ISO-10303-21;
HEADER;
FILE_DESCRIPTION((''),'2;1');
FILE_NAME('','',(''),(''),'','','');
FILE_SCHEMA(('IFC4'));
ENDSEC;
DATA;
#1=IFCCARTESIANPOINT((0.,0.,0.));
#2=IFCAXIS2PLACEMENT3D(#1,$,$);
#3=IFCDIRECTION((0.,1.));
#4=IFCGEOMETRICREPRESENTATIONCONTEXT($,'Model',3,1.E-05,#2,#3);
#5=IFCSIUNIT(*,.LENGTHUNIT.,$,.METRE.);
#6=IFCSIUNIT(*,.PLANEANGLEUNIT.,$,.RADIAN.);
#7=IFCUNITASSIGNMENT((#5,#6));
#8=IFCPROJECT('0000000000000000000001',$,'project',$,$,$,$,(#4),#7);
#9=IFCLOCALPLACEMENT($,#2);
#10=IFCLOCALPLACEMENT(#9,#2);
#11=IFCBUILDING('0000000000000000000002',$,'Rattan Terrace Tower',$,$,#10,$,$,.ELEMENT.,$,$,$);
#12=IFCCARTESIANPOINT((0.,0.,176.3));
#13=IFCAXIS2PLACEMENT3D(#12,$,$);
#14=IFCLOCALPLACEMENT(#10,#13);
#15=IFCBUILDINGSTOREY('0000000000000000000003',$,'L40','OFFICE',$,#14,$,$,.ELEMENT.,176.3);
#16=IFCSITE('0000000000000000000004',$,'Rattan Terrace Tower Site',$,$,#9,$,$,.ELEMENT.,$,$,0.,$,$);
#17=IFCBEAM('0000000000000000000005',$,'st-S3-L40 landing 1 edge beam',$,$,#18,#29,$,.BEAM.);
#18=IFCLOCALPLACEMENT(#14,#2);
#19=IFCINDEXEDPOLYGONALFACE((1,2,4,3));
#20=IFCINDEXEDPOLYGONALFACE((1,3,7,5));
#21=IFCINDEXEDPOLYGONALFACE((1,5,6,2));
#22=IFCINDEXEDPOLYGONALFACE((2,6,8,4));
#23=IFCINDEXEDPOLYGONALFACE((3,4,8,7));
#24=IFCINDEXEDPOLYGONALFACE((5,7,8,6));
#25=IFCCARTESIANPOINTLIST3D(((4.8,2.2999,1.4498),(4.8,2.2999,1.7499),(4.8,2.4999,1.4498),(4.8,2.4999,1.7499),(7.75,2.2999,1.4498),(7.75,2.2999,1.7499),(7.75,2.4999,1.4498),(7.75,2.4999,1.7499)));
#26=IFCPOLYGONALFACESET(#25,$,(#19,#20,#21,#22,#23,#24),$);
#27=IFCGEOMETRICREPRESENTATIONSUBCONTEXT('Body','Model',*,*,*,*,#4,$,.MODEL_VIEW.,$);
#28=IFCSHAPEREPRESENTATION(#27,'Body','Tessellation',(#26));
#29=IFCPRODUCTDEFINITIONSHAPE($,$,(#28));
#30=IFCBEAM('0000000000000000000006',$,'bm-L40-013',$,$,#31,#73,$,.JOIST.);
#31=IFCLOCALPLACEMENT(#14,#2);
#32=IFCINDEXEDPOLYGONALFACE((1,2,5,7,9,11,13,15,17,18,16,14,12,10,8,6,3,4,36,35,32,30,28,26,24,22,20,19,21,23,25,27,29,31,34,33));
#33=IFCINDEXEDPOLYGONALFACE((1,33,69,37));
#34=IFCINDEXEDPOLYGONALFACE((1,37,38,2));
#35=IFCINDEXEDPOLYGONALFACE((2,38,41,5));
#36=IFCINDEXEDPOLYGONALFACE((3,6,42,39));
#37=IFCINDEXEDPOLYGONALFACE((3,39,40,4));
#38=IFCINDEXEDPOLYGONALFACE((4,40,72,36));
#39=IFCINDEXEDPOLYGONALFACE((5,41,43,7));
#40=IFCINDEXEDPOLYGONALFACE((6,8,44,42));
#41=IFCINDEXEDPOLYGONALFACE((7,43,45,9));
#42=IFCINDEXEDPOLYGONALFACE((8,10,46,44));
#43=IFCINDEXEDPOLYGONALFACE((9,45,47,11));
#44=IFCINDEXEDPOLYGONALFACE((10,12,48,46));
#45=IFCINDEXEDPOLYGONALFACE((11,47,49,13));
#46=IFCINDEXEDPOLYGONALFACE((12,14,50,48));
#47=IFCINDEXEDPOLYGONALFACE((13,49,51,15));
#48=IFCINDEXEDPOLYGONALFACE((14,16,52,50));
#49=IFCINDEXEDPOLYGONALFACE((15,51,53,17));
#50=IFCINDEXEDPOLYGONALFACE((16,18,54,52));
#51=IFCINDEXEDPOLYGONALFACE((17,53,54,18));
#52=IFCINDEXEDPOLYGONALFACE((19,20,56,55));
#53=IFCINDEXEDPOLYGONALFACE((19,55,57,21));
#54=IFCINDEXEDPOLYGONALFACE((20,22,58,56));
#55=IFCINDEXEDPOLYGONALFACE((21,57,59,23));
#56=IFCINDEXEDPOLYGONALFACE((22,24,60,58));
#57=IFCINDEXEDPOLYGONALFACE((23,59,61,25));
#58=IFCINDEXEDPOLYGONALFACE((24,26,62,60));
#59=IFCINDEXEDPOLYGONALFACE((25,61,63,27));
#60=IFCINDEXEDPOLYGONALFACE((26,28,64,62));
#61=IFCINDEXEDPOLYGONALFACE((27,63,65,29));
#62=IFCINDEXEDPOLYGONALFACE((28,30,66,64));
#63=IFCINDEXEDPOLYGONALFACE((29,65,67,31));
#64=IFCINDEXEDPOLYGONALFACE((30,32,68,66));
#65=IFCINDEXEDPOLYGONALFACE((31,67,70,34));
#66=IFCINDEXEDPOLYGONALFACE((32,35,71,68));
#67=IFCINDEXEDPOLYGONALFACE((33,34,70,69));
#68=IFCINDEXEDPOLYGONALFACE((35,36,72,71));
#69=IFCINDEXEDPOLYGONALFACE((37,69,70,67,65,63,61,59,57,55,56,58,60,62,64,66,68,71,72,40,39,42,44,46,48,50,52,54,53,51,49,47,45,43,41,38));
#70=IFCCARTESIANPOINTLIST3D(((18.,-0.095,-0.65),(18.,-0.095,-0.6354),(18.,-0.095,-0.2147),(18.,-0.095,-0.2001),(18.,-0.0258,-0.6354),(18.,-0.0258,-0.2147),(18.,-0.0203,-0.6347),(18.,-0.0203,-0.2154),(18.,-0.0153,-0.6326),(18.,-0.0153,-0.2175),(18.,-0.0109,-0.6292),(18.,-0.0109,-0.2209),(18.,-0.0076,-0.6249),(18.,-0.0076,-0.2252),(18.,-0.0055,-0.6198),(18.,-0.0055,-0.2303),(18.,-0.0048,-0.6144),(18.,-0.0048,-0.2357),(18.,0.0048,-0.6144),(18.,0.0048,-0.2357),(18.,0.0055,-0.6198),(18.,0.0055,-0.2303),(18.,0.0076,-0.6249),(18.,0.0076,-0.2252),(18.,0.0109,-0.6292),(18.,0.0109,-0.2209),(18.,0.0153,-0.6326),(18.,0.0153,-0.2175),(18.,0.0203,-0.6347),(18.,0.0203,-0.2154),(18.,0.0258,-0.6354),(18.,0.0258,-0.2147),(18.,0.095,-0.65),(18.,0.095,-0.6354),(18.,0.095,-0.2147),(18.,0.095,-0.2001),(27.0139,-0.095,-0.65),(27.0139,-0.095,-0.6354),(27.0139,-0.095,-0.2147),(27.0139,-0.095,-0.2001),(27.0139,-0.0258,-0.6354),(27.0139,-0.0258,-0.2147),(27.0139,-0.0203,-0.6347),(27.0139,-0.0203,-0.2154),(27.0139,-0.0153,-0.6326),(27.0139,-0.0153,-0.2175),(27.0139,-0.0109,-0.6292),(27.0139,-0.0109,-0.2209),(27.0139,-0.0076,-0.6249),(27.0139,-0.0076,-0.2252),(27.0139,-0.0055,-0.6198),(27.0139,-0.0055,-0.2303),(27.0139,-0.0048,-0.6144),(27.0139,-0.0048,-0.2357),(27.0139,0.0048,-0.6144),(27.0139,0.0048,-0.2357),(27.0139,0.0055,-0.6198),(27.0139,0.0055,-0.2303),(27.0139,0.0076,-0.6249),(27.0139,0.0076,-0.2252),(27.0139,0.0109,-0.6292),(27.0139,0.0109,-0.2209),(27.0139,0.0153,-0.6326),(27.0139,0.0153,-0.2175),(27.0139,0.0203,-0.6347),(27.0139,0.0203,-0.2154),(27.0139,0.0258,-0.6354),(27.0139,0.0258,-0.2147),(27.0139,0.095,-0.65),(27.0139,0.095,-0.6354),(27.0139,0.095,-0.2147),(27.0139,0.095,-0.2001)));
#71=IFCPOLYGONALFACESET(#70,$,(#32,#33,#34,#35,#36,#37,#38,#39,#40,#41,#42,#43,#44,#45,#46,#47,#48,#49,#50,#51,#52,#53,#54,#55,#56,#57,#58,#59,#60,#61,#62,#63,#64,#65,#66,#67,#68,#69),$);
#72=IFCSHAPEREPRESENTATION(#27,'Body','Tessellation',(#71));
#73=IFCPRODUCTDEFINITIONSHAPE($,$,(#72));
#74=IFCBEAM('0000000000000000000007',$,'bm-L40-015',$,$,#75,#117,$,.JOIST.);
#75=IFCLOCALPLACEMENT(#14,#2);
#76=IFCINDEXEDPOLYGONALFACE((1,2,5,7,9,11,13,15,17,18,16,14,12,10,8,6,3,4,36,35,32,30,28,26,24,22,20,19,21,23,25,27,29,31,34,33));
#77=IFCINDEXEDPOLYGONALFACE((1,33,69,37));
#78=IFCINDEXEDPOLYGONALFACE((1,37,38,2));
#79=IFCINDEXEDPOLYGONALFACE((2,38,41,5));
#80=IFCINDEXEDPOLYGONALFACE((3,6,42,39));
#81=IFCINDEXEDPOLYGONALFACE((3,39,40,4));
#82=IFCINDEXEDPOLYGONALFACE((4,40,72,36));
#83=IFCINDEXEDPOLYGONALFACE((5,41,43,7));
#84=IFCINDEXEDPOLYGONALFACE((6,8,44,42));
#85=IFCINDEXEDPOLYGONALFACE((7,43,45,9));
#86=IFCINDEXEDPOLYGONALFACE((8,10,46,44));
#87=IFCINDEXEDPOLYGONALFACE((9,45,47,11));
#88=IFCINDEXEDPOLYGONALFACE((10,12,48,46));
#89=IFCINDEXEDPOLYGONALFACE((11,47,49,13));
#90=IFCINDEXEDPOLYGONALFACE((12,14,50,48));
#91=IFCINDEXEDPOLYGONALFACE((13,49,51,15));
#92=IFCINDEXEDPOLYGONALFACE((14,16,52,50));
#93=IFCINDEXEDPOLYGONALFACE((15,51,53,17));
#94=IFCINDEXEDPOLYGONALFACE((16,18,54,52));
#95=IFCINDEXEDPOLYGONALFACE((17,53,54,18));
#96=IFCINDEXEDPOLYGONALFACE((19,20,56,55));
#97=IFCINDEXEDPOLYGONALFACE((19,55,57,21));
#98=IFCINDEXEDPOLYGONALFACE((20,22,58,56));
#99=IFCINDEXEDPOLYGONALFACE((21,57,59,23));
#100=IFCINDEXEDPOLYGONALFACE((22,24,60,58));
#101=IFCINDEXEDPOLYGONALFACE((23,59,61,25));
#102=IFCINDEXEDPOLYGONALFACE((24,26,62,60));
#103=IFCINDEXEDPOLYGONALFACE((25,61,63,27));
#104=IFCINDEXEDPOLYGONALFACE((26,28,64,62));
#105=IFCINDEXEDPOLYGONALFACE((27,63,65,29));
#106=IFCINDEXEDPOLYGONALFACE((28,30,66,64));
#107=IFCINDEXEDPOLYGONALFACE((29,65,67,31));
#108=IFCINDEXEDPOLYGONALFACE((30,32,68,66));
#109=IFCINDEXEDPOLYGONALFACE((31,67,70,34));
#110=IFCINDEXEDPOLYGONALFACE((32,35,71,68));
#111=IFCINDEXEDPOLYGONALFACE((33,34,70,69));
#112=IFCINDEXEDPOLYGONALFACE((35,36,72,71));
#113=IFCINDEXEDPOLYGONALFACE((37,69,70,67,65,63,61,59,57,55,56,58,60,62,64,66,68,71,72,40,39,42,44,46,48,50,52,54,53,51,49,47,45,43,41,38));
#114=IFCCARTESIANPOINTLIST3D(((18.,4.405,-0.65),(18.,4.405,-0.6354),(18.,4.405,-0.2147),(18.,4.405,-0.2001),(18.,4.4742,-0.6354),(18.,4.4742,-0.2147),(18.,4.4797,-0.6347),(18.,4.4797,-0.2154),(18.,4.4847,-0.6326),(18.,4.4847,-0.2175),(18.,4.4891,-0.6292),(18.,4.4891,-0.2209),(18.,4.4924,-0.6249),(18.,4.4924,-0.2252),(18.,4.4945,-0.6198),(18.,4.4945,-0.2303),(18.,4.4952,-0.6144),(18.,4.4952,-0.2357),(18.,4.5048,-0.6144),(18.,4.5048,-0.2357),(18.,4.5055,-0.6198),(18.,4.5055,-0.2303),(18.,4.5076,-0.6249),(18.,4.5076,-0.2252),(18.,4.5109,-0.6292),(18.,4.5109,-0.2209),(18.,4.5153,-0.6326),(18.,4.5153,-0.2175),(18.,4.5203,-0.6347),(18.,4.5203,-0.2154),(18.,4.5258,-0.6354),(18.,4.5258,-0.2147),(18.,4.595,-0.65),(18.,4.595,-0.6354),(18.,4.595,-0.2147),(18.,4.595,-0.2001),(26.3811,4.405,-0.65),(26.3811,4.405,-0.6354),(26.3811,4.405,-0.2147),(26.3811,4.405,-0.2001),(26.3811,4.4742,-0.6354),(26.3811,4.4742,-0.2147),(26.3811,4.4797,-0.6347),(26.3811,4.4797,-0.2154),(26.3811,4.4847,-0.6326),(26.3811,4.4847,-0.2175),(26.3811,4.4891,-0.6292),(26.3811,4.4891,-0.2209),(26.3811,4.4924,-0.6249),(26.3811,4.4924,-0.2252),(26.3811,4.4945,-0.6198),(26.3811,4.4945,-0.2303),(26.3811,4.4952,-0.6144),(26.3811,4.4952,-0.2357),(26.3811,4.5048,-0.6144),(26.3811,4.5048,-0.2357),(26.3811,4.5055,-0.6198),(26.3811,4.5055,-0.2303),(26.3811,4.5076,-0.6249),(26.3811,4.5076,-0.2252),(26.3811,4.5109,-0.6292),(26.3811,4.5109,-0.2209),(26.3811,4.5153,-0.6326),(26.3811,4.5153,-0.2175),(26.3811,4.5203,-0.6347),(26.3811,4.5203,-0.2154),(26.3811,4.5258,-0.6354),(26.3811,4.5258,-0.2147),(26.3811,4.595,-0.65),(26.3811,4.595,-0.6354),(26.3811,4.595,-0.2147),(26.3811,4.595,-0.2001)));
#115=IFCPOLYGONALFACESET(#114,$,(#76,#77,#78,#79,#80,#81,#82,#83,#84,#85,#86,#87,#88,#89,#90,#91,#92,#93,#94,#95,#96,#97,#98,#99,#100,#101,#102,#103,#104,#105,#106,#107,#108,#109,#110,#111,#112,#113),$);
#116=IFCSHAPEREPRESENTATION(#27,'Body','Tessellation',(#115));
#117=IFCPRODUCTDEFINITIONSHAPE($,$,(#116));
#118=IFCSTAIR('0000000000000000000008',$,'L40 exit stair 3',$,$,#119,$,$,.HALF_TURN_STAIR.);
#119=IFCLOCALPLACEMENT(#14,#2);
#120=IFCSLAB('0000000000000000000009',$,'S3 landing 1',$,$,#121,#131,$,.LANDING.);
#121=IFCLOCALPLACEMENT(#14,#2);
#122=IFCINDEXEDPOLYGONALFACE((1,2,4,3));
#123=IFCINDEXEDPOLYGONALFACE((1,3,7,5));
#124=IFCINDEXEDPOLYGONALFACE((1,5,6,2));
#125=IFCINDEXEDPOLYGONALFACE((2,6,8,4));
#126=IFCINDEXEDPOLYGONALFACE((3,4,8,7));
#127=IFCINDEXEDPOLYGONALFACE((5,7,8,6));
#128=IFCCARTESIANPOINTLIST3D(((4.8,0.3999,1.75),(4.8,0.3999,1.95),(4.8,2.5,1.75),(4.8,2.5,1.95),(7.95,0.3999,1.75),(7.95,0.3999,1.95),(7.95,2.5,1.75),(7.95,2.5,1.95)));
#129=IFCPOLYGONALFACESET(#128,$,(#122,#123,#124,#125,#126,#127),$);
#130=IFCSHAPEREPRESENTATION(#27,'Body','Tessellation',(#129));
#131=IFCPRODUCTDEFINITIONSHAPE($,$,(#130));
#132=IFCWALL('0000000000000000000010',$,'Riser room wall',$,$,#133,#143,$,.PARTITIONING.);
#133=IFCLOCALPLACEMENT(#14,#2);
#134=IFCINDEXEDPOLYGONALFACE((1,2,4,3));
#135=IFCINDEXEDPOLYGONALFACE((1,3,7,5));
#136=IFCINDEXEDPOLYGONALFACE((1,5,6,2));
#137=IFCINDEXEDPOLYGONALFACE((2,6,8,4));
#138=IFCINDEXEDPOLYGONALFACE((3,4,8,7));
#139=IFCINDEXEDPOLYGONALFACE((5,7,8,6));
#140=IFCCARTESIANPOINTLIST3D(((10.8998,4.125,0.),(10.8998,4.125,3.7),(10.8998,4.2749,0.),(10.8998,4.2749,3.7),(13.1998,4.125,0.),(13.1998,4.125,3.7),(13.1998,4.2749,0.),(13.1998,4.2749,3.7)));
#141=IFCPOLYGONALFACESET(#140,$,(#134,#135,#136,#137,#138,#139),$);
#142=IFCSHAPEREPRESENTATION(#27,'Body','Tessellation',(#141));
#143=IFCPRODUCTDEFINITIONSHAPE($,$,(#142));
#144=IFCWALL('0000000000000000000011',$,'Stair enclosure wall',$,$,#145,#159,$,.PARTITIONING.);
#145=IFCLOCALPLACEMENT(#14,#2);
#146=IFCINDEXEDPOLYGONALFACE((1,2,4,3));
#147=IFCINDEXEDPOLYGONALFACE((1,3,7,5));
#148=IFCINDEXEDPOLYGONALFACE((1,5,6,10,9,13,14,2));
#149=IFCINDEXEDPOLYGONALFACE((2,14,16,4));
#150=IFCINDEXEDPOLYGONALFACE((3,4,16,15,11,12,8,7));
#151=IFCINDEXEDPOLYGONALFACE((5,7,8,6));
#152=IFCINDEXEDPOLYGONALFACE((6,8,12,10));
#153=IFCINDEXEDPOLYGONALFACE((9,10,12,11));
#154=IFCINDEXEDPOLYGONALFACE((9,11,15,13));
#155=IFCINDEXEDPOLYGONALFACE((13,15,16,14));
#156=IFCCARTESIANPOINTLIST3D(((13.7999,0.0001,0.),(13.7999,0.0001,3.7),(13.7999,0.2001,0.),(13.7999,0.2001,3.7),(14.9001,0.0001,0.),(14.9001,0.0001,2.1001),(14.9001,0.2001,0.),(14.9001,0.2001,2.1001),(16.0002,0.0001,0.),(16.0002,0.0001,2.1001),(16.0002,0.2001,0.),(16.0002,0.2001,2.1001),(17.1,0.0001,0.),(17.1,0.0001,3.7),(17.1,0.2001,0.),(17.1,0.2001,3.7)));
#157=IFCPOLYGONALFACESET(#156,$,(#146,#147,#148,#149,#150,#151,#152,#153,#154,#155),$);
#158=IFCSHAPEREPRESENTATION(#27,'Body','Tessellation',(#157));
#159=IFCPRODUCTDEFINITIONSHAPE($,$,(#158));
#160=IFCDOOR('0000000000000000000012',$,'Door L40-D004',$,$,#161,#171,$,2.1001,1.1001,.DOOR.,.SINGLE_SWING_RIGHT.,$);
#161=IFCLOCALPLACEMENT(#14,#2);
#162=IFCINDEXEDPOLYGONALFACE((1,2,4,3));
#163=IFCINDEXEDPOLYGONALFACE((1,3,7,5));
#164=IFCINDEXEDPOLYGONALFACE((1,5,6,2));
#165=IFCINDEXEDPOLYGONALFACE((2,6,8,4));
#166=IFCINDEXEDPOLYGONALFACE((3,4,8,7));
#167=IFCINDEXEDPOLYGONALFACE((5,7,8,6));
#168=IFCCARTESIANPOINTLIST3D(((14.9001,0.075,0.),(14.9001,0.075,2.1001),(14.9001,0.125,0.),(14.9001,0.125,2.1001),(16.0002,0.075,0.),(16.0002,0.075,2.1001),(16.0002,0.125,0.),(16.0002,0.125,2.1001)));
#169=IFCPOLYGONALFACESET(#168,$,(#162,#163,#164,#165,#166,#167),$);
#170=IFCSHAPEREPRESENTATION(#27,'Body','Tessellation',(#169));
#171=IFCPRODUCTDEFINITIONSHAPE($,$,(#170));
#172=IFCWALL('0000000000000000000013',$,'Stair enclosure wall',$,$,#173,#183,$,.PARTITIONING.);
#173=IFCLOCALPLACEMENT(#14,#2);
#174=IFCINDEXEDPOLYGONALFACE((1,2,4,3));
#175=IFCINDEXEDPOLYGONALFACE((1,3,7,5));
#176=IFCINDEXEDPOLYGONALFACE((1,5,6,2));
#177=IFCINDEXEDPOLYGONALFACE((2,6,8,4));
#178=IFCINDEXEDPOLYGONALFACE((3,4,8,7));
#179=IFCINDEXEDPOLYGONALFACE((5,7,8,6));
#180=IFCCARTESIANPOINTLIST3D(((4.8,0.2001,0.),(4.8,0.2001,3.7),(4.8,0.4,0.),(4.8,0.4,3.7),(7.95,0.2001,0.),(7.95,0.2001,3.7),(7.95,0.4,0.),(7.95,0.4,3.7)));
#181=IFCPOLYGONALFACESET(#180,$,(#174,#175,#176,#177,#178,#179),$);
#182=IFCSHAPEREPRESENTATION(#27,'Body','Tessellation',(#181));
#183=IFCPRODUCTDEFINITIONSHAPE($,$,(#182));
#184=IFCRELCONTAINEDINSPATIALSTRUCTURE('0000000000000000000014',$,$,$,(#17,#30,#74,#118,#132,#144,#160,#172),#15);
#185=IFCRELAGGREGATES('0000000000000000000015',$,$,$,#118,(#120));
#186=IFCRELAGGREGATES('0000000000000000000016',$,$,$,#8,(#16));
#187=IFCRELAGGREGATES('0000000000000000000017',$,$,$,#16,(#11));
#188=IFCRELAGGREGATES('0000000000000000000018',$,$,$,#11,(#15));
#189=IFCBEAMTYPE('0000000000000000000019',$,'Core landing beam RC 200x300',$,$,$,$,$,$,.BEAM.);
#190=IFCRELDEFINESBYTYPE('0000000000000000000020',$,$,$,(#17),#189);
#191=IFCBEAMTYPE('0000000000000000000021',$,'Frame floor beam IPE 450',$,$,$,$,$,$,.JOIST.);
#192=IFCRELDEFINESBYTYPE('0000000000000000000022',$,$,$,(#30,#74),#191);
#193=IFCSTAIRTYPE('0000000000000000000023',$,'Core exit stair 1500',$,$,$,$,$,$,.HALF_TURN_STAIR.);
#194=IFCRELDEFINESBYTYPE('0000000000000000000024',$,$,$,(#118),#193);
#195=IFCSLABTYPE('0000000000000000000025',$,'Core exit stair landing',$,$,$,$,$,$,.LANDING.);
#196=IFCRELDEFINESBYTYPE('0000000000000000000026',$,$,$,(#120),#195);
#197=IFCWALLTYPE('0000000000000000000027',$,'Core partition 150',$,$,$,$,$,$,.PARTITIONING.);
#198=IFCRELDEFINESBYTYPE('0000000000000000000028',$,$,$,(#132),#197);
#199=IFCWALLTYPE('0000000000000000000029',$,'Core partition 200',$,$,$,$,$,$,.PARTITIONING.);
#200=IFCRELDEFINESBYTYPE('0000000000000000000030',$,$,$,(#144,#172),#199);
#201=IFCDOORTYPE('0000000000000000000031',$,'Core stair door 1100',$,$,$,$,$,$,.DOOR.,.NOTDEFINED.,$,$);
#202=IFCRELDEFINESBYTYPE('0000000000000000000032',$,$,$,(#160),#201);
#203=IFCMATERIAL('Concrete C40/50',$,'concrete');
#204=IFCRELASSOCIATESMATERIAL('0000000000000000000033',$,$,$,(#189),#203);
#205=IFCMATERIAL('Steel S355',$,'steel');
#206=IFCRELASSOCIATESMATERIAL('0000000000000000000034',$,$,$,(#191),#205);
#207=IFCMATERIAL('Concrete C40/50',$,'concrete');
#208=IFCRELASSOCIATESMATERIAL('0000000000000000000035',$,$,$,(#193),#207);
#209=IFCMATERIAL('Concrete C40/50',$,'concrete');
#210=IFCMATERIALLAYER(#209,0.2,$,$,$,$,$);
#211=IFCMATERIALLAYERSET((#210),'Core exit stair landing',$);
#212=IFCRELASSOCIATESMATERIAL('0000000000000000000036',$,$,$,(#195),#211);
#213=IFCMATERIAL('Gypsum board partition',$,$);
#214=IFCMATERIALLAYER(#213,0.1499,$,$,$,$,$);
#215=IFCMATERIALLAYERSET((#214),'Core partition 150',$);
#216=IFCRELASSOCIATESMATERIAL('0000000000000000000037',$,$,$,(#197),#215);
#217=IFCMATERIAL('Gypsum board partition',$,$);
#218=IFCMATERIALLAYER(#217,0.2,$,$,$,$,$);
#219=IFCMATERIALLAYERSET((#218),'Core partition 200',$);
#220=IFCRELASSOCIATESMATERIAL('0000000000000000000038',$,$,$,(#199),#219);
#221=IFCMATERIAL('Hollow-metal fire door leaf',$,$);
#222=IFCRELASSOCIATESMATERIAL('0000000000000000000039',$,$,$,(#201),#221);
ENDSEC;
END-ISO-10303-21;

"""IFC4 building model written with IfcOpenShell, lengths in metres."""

from ifc_helpers import new_model, si_unit, direction, frame, frame_2d, origin, origin_2d, place, context, subcontext, project, spatial, polyline, rectangle, i_section, outline, extrude, material, layer, layer_set, material_profile, profile_set, type_object, element, fill, aggregate, save


model = new_model("IFC4")

# Units and contexts
model_context = context("Model", 3, precision=1e-05, world=origin(), true_north=direction((0.0, 1.0)))
body_context = subcontext(model_context, "Body", "Model", "MODEL_VIEW")
ifc_project = project(units=[si_unit("LENGTHUNIT", "METRE"), si_unit("PLANEANGLEUNIT", "RADIAN")], contexts=[model_context])

# Site, building, storey
site_placement = place(None, origin())
site = spatial("IfcSite", under=ifc_project, at=site_placement, Name="Rattan Terrace Tower Site", CompositionType="ELEMENT", RefElevation=0.0)
building_placement = place(site_placement, origin())
building = spatial("IfcBuilding", under=site, at=building_placement, Name="Rattan Terrace Tower", CompositionType="ELEMENT")
storey_placement = place(building_placement, frame((0.0, 0.0, 176.3)))
storey = spatial("IfcBuildingStorey", under=building, at=storey_placement, Name="L40", Description="OFFICE", CompositionType="ELEMENT", Elevation=176.3)

# Beams
ifc_material_1 = material(Name="Concrete C40/50", Category="concrete")
ifc_material_profile_1 = material_profile(ifc_material_1, rectangle(XDim=0.2, YDim=0.3, at=origin_2d()), Name="RC 200x300")
ifc_profile_set_1 = profile_set([ifc_material_profile_1], Name="Concrete C40/50")
beam_type_1 = type_object("IfcBeamType", Name="Core landing beam RC 200x300", PredefinedType="BEAM", material=ifc_profile_set_1)
beam_1_placement = place(storey_placement, frame((4.8, 2.3999, 1.5999), z_axis=(1.0, 0.0, 0.0), x_axis=(0.0, 1.0, 0.0)))
element("IfcBeam", 1, at=beam_1_placement, inside=storey, type_object=beam_type_1, Name="st-S3-L40 landing 1 edge beam", PredefinedType="BEAM", context=body_context, shape_type="SweptSolid", body=[
    extrude(rectangle(XDim=0.2, YDim=0.3, at=origin_2d()), origin(), (0.0, 0.0, 1.0), 2.95),
])
ifc_material_2 = material(Name="Steel S355", Category="steel")
ifc_material_profile_2 = material_profile(ifc_material_2, i_section(OverallWidth=0.1899, OverallDepth=0.45, WebThickness=0.0095, FlangeThickness=0.0146, FilletRadius=0.021, at=origin_2d()), Name="IPE 450")
ifc_profile_set_2 = profile_set([ifc_material_profile_2], Name="Steel S355")
beam_type_2 = type_object("IfcBeamType", Name="Frame floor beam IPE 450", PredefinedType="JOIST", material=ifc_profile_set_2)
beam_2_placement = place(storey_placement, frame((18.0, 0.0, -0.425), z_axis=(1.0, 0.0, 0.0), x_axis=(0.0, 1.0, 0.0)))
element("IfcBeam", 2, at=beam_2_placement, inside=storey, type_object=beam_type_2, Name="bm-L40-013", PredefinedType="JOIST", context=body_context, shape_type="SweptSolid", body=[
    extrude(i_section(OverallWidth=0.1899, OverallDepth=0.45, WebThickness=0.0095, FlangeThickness=0.0146, FilletRadius=0.021, at=origin_2d()), origin(), (0.0, 0.0, 1.0), 9.0139),
])
beam_3_placement = place(storey_placement, frame((18.0, 4.5, -0.425), z_axis=(1.0, 0.0, 0.0), x_axis=(0.0, 1.0, 0.0)))
element("IfcBeam", 3, at=beam_3_placement, inside=storey, type_object=beam_type_2, Name="bm-L40-015", PredefinedType="JOIST", context=body_context, shape_type="SweptSolid", body=[
    extrude(i_section(OverallWidth=0.1899, OverallDepth=0.45, WebThickness=0.0095, FlangeThickness=0.0146, FilletRadius=0.021, at=origin_2d()), origin(), (0.0, 0.0, 1.0), 8.3811),
])

# Stair, slab
ifc_material_3 = material(Name="Concrete C40/50", Category="concrete")
stair_type = type_object("IfcStairType", Name="Core exit stair 1500", PredefinedType="HALF_TURN_STAIR", material=ifc_material_3)
stair_1_placement = place(storey_placement, origin())
stair_1 = element("IfcStair", 4, at=stair_1_placement, inside=storey, type_object=stair_type, Name="L40 exit stair 3", PredefinedType="HALF_TURN_STAIR")
ifc_material_4 = material(Name="Concrete C40/50", Category="concrete")
ifc_layer_1 = layer(ifc_material_4, 0.2)
ifc_layer_set_1 = layer_set([ifc_layer_1], Name="Core exit stair landing")
slab_type = type_object("IfcSlabType", Name="Core exit stair landing", PredefinedType="LANDING", material=ifc_layer_set_1)
slab_placement = place(storey_placement, frame((0.0, 0.0, 1.75)))
slab = element("IfcSlab", 5, at=slab_placement, type_object=slab_type, Name="S3 landing 1", PredefinedType="LANDING", context=body_context, shape_type="SweptSolid", body=[
    extrude(outline(polyline([(4.8, 2.5), (4.8, 0.3999), (7.95, 0.3999), (7.95, 2.5), (4.8, 2.5)])), origin(), (0.0, 0.0, 1.0), 0.2),
])

# Wall
ifc_material_5 = material(Name="Gypsum board partition")
ifc_layer_2 = layer(ifc_material_5, 0.1499)
ifc_layer_set_2 = layer_set([ifc_layer_2], Name="Core partition 150")
wall_type_1 = type_object("IfcWallType", Name="Core partition 150", PredefinedType="PARTITIONING", material=ifc_layer_set_2)
wall_1_placement = place(storey_placement, frame((10.8999, 4.2, 0.0), z_axis=(0.0, 0.0, 1.0), x_axis=(1.0, 0.0, 0.0)))
element("IfcWall", 6, at=wall_1_placement, inside=storey, type_object=wall_type_1, Name="Riser room wall", PredefinedType="PARTITIONING", context=body_context, shape_type="SweptSolid", body=[
    extrude(rectangle(XDim=2.3, YDim=0.1499, at=frame_2d((1.1499, 0.0))), origin(), (0.0, 0.0, 1.0), 3.7),
])

# Wall, opening, door
ifc_material_6 = material(Name="Gypsum board partition")
ifc_layer_3 = layer(ifc_material_6, 0.2)
ifc_layer_set_3 = layer_set([ifc_layer_3], Name="Core partition 200")
wall_type_2 = type_object("IfcWallType", Name="Core partition 200", PredefinedType="PARTITIONING", material=ifc_layer_set_3)
wall_2_placement = place(storey_placement, frame((13.8, 0.1001, 0.0), z_axis=(0.0, 0.0, 1.0), x_axis=(1.0, 0.0, 0.0)))
wall_2 = element("IfcWall", 7, at=wall_2_placement, inside=storey, type_object=wall_type_2, Name="Stair enclosure wall", PredefinedType="PARTITIONING", context=body_context, shape_type="SweptSolid", body=[
    extrude(rectangle(XDim=3.3, YDim=0.2, at=frame_2d((1.6499, 0.0))), origin(), (0.0, 0.0, 1.0), 3.7),
])
opening_placement = place(wall_2_placement, frame((1.1001, 0.0, 0.0)))
opening = element("IfcOpeningElement", 8, at=opening_placement, cuts=wall_2, PredefinedType="OPENING", context=body_context, shape_type="SweptSolid", body=[
    extrude(rectangle(XDim=1.1001, YDim=2.1001, at=frame_2d((0.55, 1.05))), frame((0.0, 0.1106, 0.0), z_axis=(0.0, -1.0, 0.0), x_axis=(1.0, 0.0, 0.0)), (0.0, 0.0, 1.0), 0.2209),
])
ifc_material_7 = material(Name="Hollow-metal fire door leaf")
door_type = type_object("IfcDoorType", Name="Core stair door 1100", OperationType="NOTDEFINED", PredefinedType="DOOR", material=ifc_material_7)
door_placement = place(opening_placement, origin())
door = element("IfcDoor", 9, at=door_placement, inside=storey, type_object=door_type, Name="Door L40-D004", OperationType="SINGLE_SWING_RIGHT", OverallHeight=2.1001, OverallWidth=1.1001, PredefinedType="DOOR", context=body_context, shape_type="SweptSolid", body=[
    extrude(rectangle(XDim=1.1001, YDim=2.1001, at=frame_2d((0.55, 1.05))), frame((0.0, 0.0249, 0.0), z_axis=(0.0, -1.0, 0.0), x_axis=(1.0, 0.0, 0.0)), (0.0, 0.0, 1.0), 0.05),
])
fill(opening, door)

# Wall
wall_3_placement = place(storey_placement, frame((4.8, 0.3, 0.0), z_axis=(0.0, 0.0, 1.0), x_axis=(1.0, 0.0, 0.0)))
element("IfcWall", 10, at=wall_3_placement, inside=storey, type_object=wall_type_2, Name="Stair enclosure wall", PredefinedType="PARTITIONING", context=body_context, shape_type="SweptSolid", body=[
    extrude(rectangle(XDim=3.1499, YDim=0.2, at=frame_2d((1.575, 0.0))), origin(), (0.0, 0.0, 1.0), 3.7),
])

aggregate(stair_1, [slab])

save(model, "model.ifc")
